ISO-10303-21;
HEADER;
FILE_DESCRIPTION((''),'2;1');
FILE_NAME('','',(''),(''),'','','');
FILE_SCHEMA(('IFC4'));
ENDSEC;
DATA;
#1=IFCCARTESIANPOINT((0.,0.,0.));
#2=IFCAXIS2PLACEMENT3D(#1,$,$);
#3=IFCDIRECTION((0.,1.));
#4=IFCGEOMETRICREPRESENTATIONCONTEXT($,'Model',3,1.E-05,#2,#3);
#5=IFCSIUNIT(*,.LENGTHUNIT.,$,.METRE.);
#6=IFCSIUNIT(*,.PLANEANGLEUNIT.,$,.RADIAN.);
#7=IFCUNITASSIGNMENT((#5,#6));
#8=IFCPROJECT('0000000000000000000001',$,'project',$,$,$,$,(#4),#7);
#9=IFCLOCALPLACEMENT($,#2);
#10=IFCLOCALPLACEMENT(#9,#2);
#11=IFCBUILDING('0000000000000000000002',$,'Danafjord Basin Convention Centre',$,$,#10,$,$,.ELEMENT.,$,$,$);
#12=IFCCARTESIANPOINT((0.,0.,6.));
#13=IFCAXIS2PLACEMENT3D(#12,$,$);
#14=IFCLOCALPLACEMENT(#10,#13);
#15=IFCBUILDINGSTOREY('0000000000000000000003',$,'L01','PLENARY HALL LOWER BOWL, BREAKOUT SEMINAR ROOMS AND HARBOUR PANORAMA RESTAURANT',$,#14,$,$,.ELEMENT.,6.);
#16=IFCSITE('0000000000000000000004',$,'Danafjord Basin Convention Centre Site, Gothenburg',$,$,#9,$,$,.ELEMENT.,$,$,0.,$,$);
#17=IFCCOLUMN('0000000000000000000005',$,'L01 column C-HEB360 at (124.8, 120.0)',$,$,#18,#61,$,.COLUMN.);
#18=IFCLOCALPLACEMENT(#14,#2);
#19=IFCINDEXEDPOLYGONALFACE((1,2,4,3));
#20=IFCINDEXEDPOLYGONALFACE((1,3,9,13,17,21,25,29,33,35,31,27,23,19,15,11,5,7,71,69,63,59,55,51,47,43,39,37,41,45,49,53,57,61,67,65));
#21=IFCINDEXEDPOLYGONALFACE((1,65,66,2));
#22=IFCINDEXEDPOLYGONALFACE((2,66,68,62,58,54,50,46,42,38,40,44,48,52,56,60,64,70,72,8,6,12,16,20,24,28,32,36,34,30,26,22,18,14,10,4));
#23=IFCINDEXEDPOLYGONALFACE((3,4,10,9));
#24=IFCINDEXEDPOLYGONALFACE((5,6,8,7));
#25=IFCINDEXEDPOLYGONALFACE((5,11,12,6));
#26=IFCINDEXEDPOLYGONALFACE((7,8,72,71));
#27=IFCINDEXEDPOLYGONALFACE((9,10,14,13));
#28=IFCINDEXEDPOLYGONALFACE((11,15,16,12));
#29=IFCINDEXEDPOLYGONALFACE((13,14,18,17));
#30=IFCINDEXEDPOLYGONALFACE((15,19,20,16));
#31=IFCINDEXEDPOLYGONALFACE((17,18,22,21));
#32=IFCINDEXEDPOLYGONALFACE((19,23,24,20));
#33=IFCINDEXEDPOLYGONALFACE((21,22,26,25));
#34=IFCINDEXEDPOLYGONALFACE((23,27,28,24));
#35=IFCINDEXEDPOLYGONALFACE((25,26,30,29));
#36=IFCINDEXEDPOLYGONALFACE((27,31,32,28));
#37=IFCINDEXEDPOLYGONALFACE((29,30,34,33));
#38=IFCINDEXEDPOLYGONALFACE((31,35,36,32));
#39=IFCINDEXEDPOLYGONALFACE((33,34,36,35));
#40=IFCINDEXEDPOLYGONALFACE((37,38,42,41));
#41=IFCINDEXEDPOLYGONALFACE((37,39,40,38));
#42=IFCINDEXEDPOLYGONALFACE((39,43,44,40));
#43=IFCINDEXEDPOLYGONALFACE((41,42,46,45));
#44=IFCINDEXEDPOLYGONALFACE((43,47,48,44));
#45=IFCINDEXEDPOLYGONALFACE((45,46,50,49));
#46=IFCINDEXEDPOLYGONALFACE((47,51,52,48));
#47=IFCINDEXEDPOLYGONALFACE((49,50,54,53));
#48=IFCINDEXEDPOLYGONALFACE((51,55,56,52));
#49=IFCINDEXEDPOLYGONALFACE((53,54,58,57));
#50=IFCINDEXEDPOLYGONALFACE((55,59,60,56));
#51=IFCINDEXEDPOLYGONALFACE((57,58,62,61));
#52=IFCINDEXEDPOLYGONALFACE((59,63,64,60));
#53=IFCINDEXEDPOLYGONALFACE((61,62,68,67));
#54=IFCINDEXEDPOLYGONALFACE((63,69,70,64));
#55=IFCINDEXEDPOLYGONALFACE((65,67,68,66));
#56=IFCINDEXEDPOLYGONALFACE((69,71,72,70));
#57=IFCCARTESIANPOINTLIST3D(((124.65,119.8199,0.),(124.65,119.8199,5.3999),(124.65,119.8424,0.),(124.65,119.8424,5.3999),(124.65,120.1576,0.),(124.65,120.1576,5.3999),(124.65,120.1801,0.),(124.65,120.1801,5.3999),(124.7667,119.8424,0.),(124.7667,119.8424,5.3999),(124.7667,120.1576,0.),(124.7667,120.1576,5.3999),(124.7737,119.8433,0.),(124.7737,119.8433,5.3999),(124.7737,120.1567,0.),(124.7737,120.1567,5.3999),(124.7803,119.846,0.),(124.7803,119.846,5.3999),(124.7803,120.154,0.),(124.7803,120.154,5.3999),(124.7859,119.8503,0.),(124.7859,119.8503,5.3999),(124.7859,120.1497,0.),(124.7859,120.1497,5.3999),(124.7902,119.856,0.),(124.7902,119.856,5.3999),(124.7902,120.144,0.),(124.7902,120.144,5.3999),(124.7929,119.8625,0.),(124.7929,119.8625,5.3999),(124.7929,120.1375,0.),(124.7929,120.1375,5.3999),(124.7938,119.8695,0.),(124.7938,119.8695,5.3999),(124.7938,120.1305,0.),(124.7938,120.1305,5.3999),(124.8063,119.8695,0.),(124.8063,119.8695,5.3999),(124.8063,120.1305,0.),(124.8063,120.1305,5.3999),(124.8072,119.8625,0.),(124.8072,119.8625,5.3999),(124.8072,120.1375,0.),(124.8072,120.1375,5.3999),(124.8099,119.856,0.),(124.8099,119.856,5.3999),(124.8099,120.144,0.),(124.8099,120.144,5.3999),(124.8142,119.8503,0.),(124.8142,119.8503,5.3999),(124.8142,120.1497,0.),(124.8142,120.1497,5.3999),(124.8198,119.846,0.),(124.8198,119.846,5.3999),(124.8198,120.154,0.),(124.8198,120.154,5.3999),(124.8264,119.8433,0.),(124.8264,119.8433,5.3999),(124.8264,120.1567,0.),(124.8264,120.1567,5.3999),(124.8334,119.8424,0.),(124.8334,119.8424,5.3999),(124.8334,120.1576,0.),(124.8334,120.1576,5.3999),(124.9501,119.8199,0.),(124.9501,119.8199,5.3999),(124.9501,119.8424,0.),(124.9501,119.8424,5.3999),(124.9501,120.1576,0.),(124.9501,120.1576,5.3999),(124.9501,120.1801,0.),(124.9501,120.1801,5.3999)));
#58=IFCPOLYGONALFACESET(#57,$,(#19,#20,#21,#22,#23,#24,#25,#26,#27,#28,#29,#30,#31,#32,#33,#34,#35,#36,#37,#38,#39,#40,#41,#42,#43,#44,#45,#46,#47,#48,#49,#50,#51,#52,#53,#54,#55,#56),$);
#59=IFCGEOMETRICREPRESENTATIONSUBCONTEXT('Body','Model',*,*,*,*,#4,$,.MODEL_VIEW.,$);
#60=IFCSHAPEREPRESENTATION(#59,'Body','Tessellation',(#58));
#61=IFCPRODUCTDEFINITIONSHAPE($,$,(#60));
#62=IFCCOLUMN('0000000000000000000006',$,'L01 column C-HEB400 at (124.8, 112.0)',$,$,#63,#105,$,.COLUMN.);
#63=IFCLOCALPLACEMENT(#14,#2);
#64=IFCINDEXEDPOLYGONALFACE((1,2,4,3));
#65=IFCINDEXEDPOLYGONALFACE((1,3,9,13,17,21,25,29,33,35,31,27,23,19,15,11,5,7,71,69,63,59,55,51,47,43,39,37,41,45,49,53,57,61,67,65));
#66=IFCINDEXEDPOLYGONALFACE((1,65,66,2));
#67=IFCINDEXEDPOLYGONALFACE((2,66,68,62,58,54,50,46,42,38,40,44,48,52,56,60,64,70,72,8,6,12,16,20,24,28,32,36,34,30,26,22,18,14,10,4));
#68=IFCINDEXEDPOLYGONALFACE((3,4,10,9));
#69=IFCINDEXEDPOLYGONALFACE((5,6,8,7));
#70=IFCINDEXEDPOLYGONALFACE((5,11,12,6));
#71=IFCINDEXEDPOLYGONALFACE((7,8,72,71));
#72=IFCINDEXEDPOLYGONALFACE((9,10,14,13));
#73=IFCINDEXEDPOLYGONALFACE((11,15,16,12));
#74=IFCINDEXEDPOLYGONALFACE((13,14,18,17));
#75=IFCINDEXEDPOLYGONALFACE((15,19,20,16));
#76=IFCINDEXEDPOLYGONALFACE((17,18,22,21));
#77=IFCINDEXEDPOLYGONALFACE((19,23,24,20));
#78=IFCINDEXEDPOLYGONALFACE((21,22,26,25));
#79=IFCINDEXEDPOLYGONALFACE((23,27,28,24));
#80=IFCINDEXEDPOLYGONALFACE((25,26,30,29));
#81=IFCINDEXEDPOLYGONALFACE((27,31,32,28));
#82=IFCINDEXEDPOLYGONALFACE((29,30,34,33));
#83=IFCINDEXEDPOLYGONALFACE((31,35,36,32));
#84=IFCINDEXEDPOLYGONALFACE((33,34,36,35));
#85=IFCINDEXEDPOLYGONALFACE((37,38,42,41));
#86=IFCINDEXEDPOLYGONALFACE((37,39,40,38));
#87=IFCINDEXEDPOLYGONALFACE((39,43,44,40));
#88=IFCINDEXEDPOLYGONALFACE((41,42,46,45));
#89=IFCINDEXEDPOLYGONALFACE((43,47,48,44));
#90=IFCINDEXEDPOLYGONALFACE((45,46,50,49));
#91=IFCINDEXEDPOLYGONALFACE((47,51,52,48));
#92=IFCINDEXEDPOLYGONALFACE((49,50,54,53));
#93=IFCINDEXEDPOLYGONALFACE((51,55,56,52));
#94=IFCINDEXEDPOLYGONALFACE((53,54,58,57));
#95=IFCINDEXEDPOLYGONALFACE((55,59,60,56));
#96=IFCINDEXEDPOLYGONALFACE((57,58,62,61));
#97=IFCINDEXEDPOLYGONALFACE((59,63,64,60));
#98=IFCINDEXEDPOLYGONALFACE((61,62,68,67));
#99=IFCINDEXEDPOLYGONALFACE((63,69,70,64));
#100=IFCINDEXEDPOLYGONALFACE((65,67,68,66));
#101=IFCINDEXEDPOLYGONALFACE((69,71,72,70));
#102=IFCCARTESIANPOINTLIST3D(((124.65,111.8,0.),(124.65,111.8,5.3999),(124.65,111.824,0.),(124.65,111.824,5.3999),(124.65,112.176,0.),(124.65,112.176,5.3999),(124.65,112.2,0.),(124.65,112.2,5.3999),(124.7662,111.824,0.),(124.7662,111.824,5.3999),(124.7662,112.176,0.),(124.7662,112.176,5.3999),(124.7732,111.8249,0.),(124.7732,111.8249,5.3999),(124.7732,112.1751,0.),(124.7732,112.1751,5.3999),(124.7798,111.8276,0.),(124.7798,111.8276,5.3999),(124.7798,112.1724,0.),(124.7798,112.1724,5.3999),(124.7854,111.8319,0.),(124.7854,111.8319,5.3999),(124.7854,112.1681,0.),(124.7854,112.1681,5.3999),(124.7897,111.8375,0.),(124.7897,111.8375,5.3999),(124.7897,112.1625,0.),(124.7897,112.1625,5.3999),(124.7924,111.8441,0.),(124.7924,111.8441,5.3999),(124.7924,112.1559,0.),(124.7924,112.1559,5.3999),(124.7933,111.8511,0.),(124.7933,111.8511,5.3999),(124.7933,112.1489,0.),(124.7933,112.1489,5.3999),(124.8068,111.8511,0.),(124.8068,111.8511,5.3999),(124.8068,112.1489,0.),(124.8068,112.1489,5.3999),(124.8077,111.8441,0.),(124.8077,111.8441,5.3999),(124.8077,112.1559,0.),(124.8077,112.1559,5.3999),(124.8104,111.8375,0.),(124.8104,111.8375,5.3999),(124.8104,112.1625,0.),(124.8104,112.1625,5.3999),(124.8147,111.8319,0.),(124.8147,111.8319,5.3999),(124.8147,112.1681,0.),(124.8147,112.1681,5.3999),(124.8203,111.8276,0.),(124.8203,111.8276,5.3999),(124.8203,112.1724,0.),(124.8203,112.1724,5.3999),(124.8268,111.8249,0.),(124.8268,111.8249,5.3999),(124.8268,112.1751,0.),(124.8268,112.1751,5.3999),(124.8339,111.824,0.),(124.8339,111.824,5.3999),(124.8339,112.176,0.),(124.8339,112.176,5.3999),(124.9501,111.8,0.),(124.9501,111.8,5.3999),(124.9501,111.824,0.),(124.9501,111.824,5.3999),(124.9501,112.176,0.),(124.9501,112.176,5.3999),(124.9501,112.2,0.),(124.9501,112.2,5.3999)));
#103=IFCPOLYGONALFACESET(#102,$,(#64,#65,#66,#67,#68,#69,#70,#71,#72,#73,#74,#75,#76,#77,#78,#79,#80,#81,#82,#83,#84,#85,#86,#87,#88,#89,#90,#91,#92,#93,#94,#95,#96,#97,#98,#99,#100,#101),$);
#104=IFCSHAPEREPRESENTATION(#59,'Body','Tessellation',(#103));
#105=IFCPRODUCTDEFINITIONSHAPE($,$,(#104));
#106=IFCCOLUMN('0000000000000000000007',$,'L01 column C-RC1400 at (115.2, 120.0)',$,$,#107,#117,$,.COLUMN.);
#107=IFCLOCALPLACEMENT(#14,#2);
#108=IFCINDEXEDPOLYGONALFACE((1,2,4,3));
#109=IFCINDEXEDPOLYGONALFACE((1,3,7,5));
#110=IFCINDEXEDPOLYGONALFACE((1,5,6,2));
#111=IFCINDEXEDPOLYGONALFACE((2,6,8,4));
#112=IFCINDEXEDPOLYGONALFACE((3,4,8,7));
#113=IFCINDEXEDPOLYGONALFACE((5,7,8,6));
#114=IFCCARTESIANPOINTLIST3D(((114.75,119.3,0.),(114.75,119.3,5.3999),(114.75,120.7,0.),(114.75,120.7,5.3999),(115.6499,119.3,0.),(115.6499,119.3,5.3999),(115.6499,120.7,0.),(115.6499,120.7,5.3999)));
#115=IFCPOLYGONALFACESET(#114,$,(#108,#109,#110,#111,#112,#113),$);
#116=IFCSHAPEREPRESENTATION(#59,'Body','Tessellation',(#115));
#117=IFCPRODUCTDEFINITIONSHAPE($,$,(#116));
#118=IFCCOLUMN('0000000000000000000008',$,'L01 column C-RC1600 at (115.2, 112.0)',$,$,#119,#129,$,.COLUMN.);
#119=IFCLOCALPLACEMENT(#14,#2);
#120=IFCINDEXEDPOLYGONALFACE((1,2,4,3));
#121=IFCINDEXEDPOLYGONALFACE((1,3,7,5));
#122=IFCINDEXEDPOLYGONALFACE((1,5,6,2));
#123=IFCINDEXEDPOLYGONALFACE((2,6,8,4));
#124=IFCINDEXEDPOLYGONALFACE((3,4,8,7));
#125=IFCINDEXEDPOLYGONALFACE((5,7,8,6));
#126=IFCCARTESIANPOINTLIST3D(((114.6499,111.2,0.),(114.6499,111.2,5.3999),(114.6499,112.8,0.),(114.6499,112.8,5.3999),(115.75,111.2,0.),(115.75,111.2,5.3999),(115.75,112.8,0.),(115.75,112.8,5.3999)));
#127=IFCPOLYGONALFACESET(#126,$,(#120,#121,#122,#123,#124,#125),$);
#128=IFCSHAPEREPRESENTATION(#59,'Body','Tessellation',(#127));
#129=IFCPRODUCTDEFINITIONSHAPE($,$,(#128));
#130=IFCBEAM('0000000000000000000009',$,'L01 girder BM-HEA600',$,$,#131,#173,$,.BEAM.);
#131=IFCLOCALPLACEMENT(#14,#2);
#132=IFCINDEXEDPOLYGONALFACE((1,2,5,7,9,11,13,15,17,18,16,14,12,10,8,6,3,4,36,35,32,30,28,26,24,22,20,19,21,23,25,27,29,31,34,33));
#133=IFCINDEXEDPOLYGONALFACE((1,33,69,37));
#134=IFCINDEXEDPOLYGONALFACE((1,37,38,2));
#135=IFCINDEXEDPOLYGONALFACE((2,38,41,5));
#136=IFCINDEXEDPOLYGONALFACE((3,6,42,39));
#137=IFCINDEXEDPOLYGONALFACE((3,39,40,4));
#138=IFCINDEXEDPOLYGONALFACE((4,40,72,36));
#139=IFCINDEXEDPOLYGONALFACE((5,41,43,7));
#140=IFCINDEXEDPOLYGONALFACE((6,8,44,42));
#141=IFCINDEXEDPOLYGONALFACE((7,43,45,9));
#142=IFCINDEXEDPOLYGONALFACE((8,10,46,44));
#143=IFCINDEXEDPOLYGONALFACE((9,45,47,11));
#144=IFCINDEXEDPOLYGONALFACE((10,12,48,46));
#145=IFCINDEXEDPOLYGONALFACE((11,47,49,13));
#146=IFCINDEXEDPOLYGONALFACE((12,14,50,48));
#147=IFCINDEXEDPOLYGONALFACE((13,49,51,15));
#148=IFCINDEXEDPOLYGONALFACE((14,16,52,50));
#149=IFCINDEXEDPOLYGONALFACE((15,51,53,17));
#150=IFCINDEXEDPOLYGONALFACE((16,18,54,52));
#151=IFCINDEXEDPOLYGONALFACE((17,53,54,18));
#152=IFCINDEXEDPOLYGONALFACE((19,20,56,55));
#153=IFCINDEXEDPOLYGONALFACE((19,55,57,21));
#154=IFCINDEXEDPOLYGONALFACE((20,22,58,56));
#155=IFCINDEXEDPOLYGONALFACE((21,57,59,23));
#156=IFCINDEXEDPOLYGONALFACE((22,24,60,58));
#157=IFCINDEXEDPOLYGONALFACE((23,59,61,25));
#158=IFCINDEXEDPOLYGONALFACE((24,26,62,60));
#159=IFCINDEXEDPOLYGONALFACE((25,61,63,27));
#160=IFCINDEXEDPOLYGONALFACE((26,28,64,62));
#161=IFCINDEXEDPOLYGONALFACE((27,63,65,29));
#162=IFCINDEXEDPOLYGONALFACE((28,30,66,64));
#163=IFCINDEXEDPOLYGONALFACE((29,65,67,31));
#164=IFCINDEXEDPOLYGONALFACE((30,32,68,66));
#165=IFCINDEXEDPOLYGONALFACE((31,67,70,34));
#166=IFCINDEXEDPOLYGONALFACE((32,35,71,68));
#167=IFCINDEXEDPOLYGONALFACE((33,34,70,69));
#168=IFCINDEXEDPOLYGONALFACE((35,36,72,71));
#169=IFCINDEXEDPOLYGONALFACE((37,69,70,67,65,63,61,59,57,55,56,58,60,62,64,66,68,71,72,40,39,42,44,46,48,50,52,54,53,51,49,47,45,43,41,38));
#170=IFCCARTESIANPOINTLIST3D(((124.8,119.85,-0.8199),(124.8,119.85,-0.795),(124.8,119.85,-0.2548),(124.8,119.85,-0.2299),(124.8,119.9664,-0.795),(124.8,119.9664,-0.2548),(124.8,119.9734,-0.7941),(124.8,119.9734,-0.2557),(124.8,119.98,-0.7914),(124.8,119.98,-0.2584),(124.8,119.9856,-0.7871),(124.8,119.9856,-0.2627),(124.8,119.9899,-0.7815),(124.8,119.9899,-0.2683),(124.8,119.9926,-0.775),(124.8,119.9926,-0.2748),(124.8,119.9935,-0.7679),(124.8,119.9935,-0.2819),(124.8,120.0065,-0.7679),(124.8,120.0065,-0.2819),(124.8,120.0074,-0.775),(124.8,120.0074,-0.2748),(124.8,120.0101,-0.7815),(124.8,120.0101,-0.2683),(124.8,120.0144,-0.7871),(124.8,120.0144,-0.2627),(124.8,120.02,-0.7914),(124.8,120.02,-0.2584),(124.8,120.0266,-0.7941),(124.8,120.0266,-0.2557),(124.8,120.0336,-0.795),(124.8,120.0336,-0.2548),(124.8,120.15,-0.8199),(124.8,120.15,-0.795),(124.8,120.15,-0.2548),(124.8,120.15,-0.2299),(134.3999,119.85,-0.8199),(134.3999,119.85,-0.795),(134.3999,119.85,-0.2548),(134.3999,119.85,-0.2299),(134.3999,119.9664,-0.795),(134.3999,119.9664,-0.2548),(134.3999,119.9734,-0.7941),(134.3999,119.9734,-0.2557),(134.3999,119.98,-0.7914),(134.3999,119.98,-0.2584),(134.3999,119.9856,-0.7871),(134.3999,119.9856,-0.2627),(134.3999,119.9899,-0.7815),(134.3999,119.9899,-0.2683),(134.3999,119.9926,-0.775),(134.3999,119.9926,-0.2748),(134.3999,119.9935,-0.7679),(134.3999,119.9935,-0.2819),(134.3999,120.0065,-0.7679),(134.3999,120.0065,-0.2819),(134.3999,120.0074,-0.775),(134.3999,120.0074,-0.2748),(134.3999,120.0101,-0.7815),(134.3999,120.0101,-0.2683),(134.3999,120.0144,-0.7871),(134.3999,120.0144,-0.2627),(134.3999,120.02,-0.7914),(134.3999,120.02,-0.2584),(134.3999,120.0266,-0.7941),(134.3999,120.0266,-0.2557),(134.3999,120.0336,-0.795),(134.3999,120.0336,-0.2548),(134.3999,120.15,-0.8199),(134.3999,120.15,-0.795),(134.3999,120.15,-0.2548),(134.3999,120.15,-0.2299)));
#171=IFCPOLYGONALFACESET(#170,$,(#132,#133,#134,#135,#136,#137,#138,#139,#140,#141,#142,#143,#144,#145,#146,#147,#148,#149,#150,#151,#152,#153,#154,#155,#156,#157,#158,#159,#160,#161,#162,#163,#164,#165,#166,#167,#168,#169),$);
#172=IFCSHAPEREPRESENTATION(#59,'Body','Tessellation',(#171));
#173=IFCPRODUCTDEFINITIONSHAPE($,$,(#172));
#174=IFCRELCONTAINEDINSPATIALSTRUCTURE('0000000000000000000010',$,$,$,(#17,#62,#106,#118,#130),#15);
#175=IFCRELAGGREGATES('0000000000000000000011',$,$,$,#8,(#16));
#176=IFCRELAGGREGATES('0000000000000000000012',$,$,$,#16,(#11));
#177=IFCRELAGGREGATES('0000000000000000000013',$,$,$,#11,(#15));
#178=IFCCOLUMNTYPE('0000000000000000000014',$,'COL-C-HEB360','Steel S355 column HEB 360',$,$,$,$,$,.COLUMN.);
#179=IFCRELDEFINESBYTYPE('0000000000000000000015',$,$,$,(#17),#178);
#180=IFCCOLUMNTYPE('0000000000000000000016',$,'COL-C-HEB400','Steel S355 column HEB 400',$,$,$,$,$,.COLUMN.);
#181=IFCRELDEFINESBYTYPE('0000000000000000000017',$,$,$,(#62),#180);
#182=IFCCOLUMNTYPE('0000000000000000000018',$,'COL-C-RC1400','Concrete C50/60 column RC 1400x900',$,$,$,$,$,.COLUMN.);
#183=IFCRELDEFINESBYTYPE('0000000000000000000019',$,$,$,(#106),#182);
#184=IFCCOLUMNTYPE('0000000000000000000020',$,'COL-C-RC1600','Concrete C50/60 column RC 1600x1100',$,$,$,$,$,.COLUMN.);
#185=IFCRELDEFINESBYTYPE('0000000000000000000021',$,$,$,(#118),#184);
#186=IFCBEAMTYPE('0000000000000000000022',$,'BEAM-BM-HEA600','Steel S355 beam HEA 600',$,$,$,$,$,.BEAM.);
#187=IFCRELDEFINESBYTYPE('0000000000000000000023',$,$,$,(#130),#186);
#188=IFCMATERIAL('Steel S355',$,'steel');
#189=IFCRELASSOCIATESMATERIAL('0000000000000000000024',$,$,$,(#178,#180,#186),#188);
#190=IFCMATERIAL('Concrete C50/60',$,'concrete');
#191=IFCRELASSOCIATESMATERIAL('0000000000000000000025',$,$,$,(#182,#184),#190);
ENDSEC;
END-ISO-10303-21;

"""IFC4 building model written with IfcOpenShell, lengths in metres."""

from ifc_helpers import new_model, si_unit, direction, frame, origin, origin_2d, place, context, subcontext, project, spatial, rectangle, i_section, extrude, material, material_profile, profile_set, type_object, element, save


model = new_model("IFC4")

# Units and contexts
model_context = context("Model", 3, precision=1e-05, world=origin(), true_north=direction((0.0, 1.0)))
body_context = subcontext(model_context, "Body", "Model", "MODEL_VIEW")
ifc_project = project(units=[si_unit("LENGTHUNIT", "METRE"), si_unit("PLANEANGLEUNIT", "RADIAN")], contexts=[model_context])

# Site, building, storey
site_placement = place(None, origin())
site = spatial("IfcSite", under=ifc_project, at=site_placement, Name="Danafjord Basin Convention Centre Site, Gothenburg", CompositionType="ELEMENT", RefElevation=0.0)
building_placement = place(site_placement, origin())
building = spatial("IfcBuilding", under=site, at=building_placement, Name="Danafjord Basin Convention Centre", CompositionType="ELEMENT")
storey_placement = place(building_placement, frame((0.0, 0.0, 6.0)))
storey = spatial("IfcBuildingStorey", under=building, at=storey_placement, Name="L01", Description="PLENARY HALL LOWER BOWL, BREAKOUT SEMINAR ROOMS AND HARBOUR PANORAMA RESTAURANT", CompositionType="ELEMENT", Elevation=6.0)

# Columns
ifc_material_1 = material(Name="Steel S355", Category="steel")
ifc_material_profile_1 = material_profile(ifc_material_1, i_section(OverallWidth=0.3, OverallDepth=0.3601, WebThickness=0.0125, FlangeThickness=0.0225, FilletRadius=0.0271, at=origin_2d()), Name="HEB 360")
ifc_profile_set_1 = profile_set([ifc_material_profile_1], Name="Steel S355")
column_type_1 = type_object("IfcColumnType", Name="COL-C-HEB360", Description="Steel S355 column HEB 360", PredefinedType="COLUMN", material=ifc_profile_set_1)
column_1_placement = place(storey_placement, frame((124.8, 120.0, 0.0), z_axis=(0.0, 0.0, 1.0), x_axis=(1.0, 0.0, 0.0)))
element("IfcColumn", 1, at=column_1_placement, inside=storey, type_object=column_type_1, Name="L01 column C-HEB360 at (124.8, 120.0)", PredefinedType="COLUMN", context=body_context, shape_type="SweptSolid", body=[
    extrude(i_section(OverallWidth=0.3, OverallDepth=0.3601, WebThickness=0.0125, FlangeThickness=0.0225, FilletRadius=0.0271, at=origin_2d()), origin(), (0.0, 0.0, 1.0), 5.3999),
])
ifc_material_profile_2 = material_profile(ifc_material_1, i_section(OverallWidth=0.3, OverallDepth=0.3999, WebThickness=0.0134, FlangeThickness=0.0239, FilletRadius=0.0271, at=origin_2d()), Name="HEB 400")
ifc_profile_set_2 = profile_set([ifc_material_profile_2], Name="Steel S355")
column_type_2 = type_object("IfcColumnType", Name="COL-C-HEB400", Description="Steel S355 column HEB 400", PredefinedType="COLUMN", material=ifc_profile_set_2)
column_2_placement = place(storey_placement, frame((124.8, 112.0, 0.0), z_axis=(0.0, 0.0, 1.0), x_axis=(1.0, 0.0, 0.0)))
element("IfcColumn", 2, at=column_2_placement, inside=storey, type_object=column_type_2, Name="L01 column C-HEB400 at (124.8, 112.0)", PredefinedType="COLUMN", context=body_context, shape_type="SweptSolid", body=[
    extrude(i_section(OverallWidth=0.3, OverallDepth=0.3999, WebThickness=0.0134, FlangeThickness=0.0239, FilletRadius=0.0271, at=origin_2d()), origin(), (0.0, 0.0, 1.0), 5.3999),
])
ifc_material_2 = material(Name="Concrete C50/60", Category="concrete")
ifc_material_profile_3 = material_profile(ifc_material_2, rectangle(XDim=0.8999, YDim=1.3999, at=origin_2d()), Name="RC 1400x900")
ifc_profile_set_3 = profile_set([ifc_material_profile_3], Name="Concrete C50/60")
column_type_3 = type_object("IfcColumnType", Name="COL-C-RC1400", Description="Concrete C50/60 column RC 1400x900", PredefinedType="COLUMN", material=ifc_profile_set_3)
column_3_placement = place(storey_placement, frame((115.2, 120.0, 0.0), z_axis=(0.0, 0.0, 1.0), x_axis=(1.0, 0.0, 0.0)))
element("IfcColumn", 3, at=column_3_placement, inside=storey, type_object=column_type_3, Name="L01 column C-RC1400 at (115.2, 120.0)", PredefinedType="COLUMN", context=body_context, shape_type="SweptSolid", body=[
    extrude(rectangle(XDim=0.8999, YDim=1.3999, at=origin_2d()), origin(), (0.0, 0.0, 1.0), 5.3999),
])
ifc_material_profile_4 = material_profile(ifc_material_2, rectangle(XDim=1.1001, YDim=1.6001, at=origin_2d()), Name="RC 1600x1100")
ifc_profile_set_4 = profile_set([ifc_material_profile_4], Name="Concrete C50/60")
column_type_4 = type_object("IfcColumnType", Name="COL-C-RC1600", Description="Concrete C50/60 column RC 1600x1100", PredefinedType="COLUMN", material=ifc_profile_set_4)
column_4_placement = place(storey_placement, frame((115.2, 112.0, 0.0), z_axis=(0.0, 0.0, 1.0), x_axis=(1.0, 0.0, 0.0)))
element("IfcColumn", 4, at=column_4_placement, inside=storey, type_object=column_type_4, Name="L01 column C-RC1600 at (115.2, 112.0)", PredefinedType="COLUMN", context=body_context, shape_type="SweptSolid", body=[
    extrude(rectangle(XDim=1.1001, YDim=1.6001, at=origin_2d()), origin(), (0.0, 0.0, 1.0), 5.3999),
])

# Beam
ifc_material_profile_5 = material_profile(ifc_material_1, i_section(OverallWidth=0.3, OverallDepth=0.5901, WebThickness=0.0129, FlangeThickness=0.0249, FilletRadius=0.0271, at=origin_2d()), Name="HEA 600")
ifc_profile_set_5 = profile_set([ifc_material_profile_5], Name="Steel S355")
beam_type_1 = type_object("IfcBeamType", Name="BEAM-BM-HEA600", Description="Steel S355 beam HEA 600", PredefinedType="BEAM", material=ifc_profile_set_5)
beam_1_placement = place(storey_placement, frame((124.8, 120.0, -0.5249), z_axis=(1.0, 0.0, 0.0), x_axis=(0.0, 1.0, 0.0)))
element("IfcBeam", 5, at=beam_1_placement, inside=storey, type_object=beam_type_1, Name="L01 girder BM-HEA600", PredefinedType="BEAM", context=body_context, shape_type="SweptSolid", body=[
    extrude(i_section(OverallWidth=0.3, OverallDepth=0.5901, WebThickness=0.0129, FlangeThickness=0.0249, FilletRadius=0.0271, at=origin_2d()), origin(), (0.0, 0.0, 1.0), 9.5999),
])

save(model, "model.ifc")
